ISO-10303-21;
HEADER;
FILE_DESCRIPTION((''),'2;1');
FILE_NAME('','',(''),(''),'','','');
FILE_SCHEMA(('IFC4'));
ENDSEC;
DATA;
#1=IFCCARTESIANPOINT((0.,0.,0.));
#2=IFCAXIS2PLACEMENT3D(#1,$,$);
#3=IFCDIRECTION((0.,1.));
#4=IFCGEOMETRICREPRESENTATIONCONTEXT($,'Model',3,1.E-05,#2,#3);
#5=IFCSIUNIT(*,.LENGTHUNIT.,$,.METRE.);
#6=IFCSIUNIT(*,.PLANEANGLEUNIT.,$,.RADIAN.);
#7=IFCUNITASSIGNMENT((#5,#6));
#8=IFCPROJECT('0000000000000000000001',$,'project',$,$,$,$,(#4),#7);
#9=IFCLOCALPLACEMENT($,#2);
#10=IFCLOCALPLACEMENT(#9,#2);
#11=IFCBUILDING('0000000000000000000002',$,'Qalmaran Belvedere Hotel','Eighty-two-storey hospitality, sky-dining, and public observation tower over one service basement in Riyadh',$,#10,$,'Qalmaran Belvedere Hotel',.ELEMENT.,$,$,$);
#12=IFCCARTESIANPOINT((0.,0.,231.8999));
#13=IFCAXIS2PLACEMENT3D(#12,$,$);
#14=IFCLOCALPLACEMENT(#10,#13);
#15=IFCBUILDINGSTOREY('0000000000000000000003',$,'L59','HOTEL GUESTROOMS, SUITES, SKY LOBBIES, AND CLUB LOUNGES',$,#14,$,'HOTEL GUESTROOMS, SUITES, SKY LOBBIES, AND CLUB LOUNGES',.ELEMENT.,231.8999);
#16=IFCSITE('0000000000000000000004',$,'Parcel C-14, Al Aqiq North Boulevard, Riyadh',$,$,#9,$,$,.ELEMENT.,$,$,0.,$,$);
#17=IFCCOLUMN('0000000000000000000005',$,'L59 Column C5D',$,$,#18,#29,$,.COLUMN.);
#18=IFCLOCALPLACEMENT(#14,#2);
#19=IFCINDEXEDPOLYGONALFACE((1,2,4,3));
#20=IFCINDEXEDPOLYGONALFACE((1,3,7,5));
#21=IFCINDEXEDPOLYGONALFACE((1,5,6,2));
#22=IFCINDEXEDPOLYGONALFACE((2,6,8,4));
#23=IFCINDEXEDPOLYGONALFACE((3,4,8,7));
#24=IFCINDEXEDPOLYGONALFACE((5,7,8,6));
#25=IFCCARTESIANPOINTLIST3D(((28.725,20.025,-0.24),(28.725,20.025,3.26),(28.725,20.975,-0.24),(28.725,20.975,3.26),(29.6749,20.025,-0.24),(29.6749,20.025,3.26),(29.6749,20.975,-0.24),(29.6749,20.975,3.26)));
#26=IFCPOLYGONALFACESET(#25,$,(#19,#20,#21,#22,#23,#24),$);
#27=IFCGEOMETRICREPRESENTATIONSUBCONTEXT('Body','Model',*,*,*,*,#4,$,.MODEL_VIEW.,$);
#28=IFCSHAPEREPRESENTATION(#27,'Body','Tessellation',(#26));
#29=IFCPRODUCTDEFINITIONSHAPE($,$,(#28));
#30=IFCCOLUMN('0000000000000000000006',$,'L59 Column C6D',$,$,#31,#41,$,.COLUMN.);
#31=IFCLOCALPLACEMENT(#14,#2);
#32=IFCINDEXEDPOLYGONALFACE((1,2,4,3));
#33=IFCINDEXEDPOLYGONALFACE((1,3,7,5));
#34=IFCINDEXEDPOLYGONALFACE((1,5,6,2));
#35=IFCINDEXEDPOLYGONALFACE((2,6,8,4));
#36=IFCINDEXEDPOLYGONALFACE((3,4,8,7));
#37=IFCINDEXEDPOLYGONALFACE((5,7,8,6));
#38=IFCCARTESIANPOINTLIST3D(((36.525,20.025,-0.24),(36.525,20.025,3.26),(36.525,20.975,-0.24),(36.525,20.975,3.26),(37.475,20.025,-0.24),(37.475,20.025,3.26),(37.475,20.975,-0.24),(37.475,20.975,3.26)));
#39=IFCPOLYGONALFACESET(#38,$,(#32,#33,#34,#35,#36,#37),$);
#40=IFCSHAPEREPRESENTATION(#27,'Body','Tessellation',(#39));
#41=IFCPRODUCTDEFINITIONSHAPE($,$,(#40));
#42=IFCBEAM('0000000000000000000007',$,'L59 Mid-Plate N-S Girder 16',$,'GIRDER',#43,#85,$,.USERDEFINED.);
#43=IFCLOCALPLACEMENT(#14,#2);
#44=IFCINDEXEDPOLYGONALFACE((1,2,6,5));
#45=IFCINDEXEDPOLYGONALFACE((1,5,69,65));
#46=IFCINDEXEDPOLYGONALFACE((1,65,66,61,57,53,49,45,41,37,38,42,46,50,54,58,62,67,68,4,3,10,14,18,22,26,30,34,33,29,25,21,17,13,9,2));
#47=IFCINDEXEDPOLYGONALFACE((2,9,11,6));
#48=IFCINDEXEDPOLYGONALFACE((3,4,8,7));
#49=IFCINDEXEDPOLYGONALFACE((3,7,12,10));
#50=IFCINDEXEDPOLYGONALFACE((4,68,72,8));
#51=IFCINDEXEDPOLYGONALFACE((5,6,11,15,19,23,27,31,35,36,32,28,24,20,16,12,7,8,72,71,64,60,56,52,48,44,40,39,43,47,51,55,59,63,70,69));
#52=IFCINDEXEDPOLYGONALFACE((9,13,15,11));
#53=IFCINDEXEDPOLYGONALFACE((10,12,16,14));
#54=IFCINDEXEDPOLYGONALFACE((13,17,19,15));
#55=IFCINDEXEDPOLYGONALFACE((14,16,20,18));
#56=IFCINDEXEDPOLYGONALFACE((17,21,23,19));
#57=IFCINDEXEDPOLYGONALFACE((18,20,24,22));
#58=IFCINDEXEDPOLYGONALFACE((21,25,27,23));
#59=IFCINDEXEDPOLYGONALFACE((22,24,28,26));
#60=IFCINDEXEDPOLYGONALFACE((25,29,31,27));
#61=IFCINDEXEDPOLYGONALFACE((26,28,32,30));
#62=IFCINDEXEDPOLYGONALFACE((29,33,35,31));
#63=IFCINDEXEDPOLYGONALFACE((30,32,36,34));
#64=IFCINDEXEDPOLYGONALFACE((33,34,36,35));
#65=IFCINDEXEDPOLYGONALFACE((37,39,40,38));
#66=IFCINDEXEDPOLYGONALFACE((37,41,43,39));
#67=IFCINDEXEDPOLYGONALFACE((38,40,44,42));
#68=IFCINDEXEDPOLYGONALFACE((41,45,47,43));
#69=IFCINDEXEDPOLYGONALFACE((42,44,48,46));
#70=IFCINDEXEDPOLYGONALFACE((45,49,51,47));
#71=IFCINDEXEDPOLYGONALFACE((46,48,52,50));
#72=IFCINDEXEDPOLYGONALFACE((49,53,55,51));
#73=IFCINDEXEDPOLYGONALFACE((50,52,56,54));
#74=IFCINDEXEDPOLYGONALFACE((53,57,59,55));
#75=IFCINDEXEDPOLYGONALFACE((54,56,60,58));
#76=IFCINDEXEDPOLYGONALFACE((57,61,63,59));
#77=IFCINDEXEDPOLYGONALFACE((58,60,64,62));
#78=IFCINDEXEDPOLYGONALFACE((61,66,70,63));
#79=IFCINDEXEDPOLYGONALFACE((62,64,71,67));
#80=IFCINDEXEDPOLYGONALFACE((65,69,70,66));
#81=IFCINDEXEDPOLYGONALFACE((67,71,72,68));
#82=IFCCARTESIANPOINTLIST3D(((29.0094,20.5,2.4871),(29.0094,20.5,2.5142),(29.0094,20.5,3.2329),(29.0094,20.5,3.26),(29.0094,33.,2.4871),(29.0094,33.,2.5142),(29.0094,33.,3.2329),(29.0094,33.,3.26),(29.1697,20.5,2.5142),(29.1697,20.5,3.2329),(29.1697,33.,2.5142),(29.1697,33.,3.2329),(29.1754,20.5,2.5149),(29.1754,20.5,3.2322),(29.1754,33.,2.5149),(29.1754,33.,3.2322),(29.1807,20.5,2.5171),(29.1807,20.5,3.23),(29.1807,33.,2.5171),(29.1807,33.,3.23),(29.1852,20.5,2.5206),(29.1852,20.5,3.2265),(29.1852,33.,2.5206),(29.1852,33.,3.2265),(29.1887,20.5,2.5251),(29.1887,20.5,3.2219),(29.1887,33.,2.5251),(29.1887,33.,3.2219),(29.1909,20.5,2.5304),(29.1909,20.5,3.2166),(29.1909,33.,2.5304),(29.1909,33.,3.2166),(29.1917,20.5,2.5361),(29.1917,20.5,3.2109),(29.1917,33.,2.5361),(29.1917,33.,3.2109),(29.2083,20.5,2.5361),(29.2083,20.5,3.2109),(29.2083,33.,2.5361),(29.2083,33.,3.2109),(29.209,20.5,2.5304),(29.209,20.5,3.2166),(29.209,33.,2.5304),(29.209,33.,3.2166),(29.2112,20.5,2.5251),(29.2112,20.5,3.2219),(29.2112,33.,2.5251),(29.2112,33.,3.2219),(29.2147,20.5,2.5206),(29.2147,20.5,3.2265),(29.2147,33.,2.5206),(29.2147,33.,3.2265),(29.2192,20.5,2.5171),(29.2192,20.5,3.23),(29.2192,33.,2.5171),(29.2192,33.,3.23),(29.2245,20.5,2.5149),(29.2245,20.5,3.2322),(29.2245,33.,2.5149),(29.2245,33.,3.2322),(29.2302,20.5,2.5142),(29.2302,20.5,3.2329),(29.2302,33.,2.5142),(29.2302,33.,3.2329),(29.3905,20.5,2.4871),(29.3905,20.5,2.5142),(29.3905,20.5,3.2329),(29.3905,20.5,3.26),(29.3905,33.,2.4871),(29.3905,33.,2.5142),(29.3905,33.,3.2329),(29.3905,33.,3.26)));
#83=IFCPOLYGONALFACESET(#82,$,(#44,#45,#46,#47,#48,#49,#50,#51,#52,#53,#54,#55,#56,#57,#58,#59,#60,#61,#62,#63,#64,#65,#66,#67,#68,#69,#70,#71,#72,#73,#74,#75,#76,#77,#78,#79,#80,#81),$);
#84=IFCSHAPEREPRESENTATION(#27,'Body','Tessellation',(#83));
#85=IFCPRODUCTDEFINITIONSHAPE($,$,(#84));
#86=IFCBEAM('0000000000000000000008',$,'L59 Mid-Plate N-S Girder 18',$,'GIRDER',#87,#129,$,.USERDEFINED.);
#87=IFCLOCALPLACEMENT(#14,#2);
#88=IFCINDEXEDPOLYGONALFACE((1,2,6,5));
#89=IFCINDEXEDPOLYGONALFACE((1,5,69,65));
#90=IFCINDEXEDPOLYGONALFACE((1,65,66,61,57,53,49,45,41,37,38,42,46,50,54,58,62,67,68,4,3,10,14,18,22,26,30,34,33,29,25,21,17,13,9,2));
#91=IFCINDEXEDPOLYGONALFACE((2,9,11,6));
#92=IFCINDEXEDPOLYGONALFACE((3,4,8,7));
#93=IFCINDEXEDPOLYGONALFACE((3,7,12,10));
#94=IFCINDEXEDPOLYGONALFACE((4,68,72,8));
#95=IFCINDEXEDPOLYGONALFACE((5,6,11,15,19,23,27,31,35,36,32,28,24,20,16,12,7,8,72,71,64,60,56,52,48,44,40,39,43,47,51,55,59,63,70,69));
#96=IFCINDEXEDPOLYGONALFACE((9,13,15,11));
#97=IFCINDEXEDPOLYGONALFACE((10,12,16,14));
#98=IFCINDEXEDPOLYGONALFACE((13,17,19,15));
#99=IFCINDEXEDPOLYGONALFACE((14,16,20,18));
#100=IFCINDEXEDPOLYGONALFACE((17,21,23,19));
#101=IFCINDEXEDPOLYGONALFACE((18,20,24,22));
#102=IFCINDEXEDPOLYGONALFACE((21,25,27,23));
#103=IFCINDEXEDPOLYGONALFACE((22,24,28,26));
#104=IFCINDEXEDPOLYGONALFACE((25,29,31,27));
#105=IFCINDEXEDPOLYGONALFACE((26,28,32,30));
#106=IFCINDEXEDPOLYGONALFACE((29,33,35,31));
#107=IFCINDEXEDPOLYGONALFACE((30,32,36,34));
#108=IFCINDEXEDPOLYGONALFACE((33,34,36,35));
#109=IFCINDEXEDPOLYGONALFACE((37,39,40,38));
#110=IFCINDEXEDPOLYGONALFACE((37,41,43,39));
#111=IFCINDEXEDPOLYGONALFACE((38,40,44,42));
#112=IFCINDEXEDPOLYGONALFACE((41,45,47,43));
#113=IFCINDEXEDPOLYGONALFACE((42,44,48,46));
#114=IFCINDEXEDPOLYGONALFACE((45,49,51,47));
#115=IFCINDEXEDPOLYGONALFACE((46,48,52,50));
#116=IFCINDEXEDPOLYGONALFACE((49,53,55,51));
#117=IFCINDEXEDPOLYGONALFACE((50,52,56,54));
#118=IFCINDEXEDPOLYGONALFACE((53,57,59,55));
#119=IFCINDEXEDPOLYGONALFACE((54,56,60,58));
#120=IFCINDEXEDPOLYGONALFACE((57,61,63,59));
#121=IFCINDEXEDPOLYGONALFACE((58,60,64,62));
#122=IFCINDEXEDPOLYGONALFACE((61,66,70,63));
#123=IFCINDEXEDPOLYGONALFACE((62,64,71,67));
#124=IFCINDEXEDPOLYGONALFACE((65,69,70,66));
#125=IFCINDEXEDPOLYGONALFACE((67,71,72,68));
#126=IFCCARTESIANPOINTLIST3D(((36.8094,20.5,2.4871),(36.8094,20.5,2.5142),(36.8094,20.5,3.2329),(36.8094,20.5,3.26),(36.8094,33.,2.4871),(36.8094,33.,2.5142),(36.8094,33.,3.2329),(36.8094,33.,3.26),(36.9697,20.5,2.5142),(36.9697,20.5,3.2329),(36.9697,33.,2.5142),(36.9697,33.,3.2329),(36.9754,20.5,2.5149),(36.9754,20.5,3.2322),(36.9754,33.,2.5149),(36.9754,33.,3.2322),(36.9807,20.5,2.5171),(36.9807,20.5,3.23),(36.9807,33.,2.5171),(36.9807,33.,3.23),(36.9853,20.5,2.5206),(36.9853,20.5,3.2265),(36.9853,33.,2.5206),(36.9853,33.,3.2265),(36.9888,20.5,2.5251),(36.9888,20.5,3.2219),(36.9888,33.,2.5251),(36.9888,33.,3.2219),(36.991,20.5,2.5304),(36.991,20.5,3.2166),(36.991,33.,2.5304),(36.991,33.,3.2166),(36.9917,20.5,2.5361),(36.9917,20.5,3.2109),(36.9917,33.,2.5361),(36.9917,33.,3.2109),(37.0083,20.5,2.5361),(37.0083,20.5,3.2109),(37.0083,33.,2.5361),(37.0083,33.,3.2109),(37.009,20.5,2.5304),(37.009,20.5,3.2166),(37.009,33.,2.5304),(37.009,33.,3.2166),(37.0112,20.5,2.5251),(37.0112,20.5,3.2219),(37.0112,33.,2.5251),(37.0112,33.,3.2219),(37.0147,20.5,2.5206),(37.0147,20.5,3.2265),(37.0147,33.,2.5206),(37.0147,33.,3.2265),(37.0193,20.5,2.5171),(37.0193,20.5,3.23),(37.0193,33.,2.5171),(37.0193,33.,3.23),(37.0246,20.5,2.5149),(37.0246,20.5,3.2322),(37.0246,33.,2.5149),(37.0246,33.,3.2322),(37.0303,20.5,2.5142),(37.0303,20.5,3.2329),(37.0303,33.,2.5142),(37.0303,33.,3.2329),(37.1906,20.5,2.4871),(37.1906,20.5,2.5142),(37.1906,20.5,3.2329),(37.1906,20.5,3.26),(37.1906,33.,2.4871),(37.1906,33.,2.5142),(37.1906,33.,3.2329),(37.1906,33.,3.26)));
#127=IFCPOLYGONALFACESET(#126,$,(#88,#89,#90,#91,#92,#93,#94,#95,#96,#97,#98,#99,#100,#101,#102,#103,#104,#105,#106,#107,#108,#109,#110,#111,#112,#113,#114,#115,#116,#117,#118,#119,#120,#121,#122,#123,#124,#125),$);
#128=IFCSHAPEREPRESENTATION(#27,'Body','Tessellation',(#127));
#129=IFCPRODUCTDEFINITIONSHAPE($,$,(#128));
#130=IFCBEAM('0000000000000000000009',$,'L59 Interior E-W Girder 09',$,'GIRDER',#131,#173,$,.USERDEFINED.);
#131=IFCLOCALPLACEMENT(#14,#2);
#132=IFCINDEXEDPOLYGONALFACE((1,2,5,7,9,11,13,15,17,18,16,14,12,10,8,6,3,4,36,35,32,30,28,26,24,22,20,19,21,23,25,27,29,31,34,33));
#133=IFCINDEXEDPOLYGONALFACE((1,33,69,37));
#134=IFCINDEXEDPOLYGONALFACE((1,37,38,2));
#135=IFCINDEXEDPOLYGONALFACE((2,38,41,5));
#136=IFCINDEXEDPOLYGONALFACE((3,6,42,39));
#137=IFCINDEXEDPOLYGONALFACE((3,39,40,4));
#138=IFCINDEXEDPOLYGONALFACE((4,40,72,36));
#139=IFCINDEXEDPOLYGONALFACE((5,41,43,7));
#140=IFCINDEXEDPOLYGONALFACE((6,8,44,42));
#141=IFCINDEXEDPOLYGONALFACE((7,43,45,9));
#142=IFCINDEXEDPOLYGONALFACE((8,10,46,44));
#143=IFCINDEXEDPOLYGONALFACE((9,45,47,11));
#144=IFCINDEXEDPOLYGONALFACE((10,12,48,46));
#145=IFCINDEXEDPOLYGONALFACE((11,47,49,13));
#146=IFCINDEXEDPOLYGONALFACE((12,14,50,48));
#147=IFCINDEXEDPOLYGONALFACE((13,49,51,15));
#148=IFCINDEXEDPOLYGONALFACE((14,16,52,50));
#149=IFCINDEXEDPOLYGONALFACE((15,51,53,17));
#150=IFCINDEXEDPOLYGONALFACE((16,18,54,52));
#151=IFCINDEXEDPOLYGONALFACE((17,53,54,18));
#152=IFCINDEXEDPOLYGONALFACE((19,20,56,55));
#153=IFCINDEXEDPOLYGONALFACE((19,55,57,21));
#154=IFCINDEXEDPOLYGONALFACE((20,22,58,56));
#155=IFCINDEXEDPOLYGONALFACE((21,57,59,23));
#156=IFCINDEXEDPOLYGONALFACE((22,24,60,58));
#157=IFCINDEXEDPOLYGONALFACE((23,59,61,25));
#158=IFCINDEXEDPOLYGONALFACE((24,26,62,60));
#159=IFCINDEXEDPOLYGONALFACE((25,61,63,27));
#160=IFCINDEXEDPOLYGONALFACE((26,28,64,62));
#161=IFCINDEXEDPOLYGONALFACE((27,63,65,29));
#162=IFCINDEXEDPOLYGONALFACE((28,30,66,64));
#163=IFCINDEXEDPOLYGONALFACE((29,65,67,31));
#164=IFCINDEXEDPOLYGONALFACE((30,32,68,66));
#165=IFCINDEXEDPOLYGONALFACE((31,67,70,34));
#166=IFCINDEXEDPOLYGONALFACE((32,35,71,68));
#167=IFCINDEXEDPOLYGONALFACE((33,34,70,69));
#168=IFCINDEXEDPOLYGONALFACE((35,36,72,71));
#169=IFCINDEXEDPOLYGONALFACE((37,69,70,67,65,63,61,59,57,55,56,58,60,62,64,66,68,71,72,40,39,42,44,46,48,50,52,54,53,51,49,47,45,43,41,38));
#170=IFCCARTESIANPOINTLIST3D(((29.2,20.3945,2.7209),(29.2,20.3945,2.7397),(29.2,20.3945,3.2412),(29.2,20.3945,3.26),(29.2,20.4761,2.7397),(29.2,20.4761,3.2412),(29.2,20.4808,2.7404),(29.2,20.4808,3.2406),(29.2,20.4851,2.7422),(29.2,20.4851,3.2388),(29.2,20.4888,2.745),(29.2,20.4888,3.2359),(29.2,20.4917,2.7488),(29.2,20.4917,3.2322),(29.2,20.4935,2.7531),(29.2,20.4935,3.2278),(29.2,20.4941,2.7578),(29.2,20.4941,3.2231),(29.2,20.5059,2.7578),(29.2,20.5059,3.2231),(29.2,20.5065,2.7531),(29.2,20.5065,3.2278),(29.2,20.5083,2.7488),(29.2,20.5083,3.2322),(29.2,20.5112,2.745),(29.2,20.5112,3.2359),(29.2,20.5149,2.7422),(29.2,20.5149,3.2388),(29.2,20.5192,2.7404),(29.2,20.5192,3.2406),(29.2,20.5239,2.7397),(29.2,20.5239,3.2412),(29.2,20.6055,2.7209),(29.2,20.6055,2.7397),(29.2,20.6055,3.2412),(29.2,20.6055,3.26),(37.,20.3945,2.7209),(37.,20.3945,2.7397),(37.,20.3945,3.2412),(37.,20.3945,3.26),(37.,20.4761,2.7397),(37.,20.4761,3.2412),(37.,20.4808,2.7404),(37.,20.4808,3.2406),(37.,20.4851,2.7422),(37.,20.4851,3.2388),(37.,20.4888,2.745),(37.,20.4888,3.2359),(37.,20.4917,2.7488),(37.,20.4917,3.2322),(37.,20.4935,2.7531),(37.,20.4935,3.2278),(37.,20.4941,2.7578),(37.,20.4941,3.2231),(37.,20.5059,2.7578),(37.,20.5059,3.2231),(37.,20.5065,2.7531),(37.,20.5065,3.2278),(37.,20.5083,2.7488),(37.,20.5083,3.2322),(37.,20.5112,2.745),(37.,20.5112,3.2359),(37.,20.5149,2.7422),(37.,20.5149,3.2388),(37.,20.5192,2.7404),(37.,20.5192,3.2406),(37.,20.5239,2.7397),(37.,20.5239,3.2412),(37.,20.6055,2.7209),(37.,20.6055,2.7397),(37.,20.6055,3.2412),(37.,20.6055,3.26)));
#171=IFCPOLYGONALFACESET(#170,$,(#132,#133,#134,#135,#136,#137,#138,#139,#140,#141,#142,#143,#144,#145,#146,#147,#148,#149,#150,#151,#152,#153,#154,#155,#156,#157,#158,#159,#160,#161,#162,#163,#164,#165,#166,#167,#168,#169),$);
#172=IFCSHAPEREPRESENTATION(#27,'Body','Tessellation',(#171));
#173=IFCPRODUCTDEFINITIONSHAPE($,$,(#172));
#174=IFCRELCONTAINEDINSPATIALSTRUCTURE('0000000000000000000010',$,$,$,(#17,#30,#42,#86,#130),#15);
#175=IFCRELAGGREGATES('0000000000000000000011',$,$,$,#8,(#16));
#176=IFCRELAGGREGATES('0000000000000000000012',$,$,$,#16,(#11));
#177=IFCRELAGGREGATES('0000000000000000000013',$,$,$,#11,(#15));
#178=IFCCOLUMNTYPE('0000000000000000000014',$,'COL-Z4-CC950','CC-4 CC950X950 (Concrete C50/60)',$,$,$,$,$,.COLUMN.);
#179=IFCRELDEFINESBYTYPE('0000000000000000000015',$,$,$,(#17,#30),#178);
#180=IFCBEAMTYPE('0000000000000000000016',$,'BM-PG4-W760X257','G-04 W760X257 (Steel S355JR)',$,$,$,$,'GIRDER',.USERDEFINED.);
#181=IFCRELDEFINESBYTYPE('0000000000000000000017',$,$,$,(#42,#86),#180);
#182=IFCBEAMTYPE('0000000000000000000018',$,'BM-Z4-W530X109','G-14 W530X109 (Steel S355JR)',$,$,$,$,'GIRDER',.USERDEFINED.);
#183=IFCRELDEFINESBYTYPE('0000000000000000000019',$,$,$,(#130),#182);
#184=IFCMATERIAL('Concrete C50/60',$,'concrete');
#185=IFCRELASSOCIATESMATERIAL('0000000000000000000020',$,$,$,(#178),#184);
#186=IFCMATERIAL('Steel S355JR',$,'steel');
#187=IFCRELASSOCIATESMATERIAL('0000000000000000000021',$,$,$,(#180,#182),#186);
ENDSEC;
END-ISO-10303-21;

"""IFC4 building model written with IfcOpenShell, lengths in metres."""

from ifc_helpers import new_model, si_unit, direction, frame, origin, origin_2d, place, context, subcontext, project, spatial, rectangle, i_section, extrude, material, material_profile, profile_set, type_object, element, save


model = new_model("IFC4")

# Units and contexts
model_context = context("Model", 3, precision=1e-05, world=origin(), true_north=direction((0.0, 1.0)))
body_context = subcontext(model_context, "Body", "Model", "MODEL_VIEW")
ifc_project = project(units=[si_unit("LENGTHUNIT", "METRE"), si_unit("PLANEANGLEUNIT", "RADIAN")], contexts=[model_context])

# Site, building, storey
site_placement = place(None, origin())
site = spatial("IfcSite", under=ifc_project, at=site_placement, Name="Parcel C-14, Al Aqiq North Boulevard, Riyadh", CompositionType="ELEMENT", RefElevation=0.0)
building_placement = place(site_placement, origin())
building = spatial("IfcBuilding", under=site, at=building_placement, Name="Qalmaran Belvedere Hotel", Description="Eighty-two-storey hospitality, sky-dining, and public observation tower over one service basement in Riyadh", LongName="Qalmaran Belvedere Hotel", CompositionType="ELEMENT")
storey_placement = place(building_placement, frame((0.0, 0.0, 231.8999)))
storey = spatial("IfcBuildingStorey", under=building, at=storey_placement, Name="L59", Description="HOTEL GUESTROOMS, SUITES, SKY LOBBIES, AND CLUB LOUNGES", LongName="HOTEL GUESTROOMS, SUITES, SKY LOBBIES, AND CLUB LOUNGES", CompositionType="ELEMENT", Elevation=231.8999)

# Columns
ifc_material_1 = material(Name="Concrete C50/60", Category="concrete")
ifc_material_profile_1 = material_profile(ifc_material_1, rectangle(XDim=0.95, YDim=0.95, at=origin_2d()), Name="CC950X950")
ifc_profile_set_1 = profile_set([ifc_material_profile_1], Name="Concrete C50/60")
column_type = type_object("IfcColumnType", Name="COL-Z4-CC950", Description="CC-4 CC950X950 (Concrete C50/60)", PredefinedType="COLUMN", material=ifc_profile_set_1)
for number, where, z_axis, x_axis, name in (
    (1, (29.2, 20.5, -0.24), (0.0, 0.0, 1.0), (1.0, 0.0, 0.0), "L59 Column C5D"),
    (2, (37.0, 20.5, -0.24), (0.0, 0.0, 1.0), (1.0, 0.0, 0.0), "L59 Column C6D"),
):
    element("IfcColumn", number, at=place(storey_placement, frame(where, z_axis=z_axis, x_axis=x_axis)), inside=storey, type_object=column_type, Name=name, PredefinedType="COLUMN", context=body_context, shape_type="SweptSolid", body=[
        extrude(rectangle(XDim=0.95, YDim=0.95, at=origin_2d()), origin(), (0.0, 0.0, 1.0), 3.5),
    ])

# Beams
ifc_material_2 = material(Name="Steel S355JR", Category="steel")
ifc_material_profile_2 = material_profile(ifc_material_2, i_section(OverallWidth=0.3811, OverallDepth=0.7729, WebThickness=0.0166, FlangeThickness=0.0271, FilletRadius=0.022, at=origin_2d()), Name="W760X257")
ifc_profile_set_2 = profile_set([ifc_material_profile_2], Name="Steel S355JR")
beam_type_1 = type_object("IfcBeamType", Name="BM-PG4-W760X257", Description="G-04 W760X257 (Steel S355JR)", ElementType="GIRDER", PredefinedType="USERDEFINED", material=ifc_profile_set_2)
for number, where, z_axis, x_axis, name in (
    (3, (29.2, 20.5, 2.8735), (0.0, 1.0, 0.0), (-1.0, 0.0, 0.0), "L59 Mid-Plate N-S Girder 16"),
    (4, (37.0, 20.5, 2.8735), (0.0, 1.0, 0.0), (-1.0, 0.0, 0.0), "L59 Mid-Plate N-S Girder 18"),
):
    element("IfcBeam", number, at=place(storey_placement, frame(where, z_axis=z_axis, x_axis=x_axis)), inside=storey, type_object=beam_type_1, Name=name, ObjectType="GIRDER", PredefinedType="USERDEFINED", context=body_context, shape_type="SweptSolid", body=[
        extrude(i_section(OverallWidth=0.3811, OverallDepth=0.7729, WebThickness=0.0166, FlangeThickness=0.0271, FilletRadius=0.022, at=origin_2d()), origin(), (0.0, 0.0, 1.0), 12.5),
    ])
ifc_material_profile_3 = material_profile(ifc_material_2, i_section(OverallWidth=0.2109, OverallDepth=0.5391, WebThickness=0.0117, FlangeThickness=0.0188, FilletRadius=0.0181, at=origin_2d()), Name="W530X109")
ifc_profile_set_3 = profile_set([ifc_material_profile_3], Name="Steel S355JR")
beam_type_2 = type_object("IfcBeamType", Name="BM-Z4-W530X109", Description="G-14 W530X109 (Steel S355JR)", ElementType="GIRDER", PredefinedType="USERDEFINED", material=ifc_profile_set_3)
for number, where, z_axis, x_axis, name in (
    (5, (29.2, 20.5, 2.9905), (1.0, 0.0, 0.0), (0.0, 1.0, 0.0), "L59 Interior E-W Girder 09"),
):
    element("IfcBeam", number, at=place(storey_placement, frame(where, z_axis=z_axis, x_axis=x_axis)), inside=storey, type_object=beam_type_2, Name=name, ObjectType="GIRDER", PredefinedType="USERDEFINED", context=body_context, shape_type="SweptSolid", body=[
        extrude(i_section(OverallWidth=0.2109, OverallDepth=0.5391, WebThickness=0.0117, FlangeThickness=0.0188, FilletRadius=0.0181, at=origin_2d()), origin(), (0.0, 0.0, 1.0), 7.8),
    ])

save(model, "model.ifc")
